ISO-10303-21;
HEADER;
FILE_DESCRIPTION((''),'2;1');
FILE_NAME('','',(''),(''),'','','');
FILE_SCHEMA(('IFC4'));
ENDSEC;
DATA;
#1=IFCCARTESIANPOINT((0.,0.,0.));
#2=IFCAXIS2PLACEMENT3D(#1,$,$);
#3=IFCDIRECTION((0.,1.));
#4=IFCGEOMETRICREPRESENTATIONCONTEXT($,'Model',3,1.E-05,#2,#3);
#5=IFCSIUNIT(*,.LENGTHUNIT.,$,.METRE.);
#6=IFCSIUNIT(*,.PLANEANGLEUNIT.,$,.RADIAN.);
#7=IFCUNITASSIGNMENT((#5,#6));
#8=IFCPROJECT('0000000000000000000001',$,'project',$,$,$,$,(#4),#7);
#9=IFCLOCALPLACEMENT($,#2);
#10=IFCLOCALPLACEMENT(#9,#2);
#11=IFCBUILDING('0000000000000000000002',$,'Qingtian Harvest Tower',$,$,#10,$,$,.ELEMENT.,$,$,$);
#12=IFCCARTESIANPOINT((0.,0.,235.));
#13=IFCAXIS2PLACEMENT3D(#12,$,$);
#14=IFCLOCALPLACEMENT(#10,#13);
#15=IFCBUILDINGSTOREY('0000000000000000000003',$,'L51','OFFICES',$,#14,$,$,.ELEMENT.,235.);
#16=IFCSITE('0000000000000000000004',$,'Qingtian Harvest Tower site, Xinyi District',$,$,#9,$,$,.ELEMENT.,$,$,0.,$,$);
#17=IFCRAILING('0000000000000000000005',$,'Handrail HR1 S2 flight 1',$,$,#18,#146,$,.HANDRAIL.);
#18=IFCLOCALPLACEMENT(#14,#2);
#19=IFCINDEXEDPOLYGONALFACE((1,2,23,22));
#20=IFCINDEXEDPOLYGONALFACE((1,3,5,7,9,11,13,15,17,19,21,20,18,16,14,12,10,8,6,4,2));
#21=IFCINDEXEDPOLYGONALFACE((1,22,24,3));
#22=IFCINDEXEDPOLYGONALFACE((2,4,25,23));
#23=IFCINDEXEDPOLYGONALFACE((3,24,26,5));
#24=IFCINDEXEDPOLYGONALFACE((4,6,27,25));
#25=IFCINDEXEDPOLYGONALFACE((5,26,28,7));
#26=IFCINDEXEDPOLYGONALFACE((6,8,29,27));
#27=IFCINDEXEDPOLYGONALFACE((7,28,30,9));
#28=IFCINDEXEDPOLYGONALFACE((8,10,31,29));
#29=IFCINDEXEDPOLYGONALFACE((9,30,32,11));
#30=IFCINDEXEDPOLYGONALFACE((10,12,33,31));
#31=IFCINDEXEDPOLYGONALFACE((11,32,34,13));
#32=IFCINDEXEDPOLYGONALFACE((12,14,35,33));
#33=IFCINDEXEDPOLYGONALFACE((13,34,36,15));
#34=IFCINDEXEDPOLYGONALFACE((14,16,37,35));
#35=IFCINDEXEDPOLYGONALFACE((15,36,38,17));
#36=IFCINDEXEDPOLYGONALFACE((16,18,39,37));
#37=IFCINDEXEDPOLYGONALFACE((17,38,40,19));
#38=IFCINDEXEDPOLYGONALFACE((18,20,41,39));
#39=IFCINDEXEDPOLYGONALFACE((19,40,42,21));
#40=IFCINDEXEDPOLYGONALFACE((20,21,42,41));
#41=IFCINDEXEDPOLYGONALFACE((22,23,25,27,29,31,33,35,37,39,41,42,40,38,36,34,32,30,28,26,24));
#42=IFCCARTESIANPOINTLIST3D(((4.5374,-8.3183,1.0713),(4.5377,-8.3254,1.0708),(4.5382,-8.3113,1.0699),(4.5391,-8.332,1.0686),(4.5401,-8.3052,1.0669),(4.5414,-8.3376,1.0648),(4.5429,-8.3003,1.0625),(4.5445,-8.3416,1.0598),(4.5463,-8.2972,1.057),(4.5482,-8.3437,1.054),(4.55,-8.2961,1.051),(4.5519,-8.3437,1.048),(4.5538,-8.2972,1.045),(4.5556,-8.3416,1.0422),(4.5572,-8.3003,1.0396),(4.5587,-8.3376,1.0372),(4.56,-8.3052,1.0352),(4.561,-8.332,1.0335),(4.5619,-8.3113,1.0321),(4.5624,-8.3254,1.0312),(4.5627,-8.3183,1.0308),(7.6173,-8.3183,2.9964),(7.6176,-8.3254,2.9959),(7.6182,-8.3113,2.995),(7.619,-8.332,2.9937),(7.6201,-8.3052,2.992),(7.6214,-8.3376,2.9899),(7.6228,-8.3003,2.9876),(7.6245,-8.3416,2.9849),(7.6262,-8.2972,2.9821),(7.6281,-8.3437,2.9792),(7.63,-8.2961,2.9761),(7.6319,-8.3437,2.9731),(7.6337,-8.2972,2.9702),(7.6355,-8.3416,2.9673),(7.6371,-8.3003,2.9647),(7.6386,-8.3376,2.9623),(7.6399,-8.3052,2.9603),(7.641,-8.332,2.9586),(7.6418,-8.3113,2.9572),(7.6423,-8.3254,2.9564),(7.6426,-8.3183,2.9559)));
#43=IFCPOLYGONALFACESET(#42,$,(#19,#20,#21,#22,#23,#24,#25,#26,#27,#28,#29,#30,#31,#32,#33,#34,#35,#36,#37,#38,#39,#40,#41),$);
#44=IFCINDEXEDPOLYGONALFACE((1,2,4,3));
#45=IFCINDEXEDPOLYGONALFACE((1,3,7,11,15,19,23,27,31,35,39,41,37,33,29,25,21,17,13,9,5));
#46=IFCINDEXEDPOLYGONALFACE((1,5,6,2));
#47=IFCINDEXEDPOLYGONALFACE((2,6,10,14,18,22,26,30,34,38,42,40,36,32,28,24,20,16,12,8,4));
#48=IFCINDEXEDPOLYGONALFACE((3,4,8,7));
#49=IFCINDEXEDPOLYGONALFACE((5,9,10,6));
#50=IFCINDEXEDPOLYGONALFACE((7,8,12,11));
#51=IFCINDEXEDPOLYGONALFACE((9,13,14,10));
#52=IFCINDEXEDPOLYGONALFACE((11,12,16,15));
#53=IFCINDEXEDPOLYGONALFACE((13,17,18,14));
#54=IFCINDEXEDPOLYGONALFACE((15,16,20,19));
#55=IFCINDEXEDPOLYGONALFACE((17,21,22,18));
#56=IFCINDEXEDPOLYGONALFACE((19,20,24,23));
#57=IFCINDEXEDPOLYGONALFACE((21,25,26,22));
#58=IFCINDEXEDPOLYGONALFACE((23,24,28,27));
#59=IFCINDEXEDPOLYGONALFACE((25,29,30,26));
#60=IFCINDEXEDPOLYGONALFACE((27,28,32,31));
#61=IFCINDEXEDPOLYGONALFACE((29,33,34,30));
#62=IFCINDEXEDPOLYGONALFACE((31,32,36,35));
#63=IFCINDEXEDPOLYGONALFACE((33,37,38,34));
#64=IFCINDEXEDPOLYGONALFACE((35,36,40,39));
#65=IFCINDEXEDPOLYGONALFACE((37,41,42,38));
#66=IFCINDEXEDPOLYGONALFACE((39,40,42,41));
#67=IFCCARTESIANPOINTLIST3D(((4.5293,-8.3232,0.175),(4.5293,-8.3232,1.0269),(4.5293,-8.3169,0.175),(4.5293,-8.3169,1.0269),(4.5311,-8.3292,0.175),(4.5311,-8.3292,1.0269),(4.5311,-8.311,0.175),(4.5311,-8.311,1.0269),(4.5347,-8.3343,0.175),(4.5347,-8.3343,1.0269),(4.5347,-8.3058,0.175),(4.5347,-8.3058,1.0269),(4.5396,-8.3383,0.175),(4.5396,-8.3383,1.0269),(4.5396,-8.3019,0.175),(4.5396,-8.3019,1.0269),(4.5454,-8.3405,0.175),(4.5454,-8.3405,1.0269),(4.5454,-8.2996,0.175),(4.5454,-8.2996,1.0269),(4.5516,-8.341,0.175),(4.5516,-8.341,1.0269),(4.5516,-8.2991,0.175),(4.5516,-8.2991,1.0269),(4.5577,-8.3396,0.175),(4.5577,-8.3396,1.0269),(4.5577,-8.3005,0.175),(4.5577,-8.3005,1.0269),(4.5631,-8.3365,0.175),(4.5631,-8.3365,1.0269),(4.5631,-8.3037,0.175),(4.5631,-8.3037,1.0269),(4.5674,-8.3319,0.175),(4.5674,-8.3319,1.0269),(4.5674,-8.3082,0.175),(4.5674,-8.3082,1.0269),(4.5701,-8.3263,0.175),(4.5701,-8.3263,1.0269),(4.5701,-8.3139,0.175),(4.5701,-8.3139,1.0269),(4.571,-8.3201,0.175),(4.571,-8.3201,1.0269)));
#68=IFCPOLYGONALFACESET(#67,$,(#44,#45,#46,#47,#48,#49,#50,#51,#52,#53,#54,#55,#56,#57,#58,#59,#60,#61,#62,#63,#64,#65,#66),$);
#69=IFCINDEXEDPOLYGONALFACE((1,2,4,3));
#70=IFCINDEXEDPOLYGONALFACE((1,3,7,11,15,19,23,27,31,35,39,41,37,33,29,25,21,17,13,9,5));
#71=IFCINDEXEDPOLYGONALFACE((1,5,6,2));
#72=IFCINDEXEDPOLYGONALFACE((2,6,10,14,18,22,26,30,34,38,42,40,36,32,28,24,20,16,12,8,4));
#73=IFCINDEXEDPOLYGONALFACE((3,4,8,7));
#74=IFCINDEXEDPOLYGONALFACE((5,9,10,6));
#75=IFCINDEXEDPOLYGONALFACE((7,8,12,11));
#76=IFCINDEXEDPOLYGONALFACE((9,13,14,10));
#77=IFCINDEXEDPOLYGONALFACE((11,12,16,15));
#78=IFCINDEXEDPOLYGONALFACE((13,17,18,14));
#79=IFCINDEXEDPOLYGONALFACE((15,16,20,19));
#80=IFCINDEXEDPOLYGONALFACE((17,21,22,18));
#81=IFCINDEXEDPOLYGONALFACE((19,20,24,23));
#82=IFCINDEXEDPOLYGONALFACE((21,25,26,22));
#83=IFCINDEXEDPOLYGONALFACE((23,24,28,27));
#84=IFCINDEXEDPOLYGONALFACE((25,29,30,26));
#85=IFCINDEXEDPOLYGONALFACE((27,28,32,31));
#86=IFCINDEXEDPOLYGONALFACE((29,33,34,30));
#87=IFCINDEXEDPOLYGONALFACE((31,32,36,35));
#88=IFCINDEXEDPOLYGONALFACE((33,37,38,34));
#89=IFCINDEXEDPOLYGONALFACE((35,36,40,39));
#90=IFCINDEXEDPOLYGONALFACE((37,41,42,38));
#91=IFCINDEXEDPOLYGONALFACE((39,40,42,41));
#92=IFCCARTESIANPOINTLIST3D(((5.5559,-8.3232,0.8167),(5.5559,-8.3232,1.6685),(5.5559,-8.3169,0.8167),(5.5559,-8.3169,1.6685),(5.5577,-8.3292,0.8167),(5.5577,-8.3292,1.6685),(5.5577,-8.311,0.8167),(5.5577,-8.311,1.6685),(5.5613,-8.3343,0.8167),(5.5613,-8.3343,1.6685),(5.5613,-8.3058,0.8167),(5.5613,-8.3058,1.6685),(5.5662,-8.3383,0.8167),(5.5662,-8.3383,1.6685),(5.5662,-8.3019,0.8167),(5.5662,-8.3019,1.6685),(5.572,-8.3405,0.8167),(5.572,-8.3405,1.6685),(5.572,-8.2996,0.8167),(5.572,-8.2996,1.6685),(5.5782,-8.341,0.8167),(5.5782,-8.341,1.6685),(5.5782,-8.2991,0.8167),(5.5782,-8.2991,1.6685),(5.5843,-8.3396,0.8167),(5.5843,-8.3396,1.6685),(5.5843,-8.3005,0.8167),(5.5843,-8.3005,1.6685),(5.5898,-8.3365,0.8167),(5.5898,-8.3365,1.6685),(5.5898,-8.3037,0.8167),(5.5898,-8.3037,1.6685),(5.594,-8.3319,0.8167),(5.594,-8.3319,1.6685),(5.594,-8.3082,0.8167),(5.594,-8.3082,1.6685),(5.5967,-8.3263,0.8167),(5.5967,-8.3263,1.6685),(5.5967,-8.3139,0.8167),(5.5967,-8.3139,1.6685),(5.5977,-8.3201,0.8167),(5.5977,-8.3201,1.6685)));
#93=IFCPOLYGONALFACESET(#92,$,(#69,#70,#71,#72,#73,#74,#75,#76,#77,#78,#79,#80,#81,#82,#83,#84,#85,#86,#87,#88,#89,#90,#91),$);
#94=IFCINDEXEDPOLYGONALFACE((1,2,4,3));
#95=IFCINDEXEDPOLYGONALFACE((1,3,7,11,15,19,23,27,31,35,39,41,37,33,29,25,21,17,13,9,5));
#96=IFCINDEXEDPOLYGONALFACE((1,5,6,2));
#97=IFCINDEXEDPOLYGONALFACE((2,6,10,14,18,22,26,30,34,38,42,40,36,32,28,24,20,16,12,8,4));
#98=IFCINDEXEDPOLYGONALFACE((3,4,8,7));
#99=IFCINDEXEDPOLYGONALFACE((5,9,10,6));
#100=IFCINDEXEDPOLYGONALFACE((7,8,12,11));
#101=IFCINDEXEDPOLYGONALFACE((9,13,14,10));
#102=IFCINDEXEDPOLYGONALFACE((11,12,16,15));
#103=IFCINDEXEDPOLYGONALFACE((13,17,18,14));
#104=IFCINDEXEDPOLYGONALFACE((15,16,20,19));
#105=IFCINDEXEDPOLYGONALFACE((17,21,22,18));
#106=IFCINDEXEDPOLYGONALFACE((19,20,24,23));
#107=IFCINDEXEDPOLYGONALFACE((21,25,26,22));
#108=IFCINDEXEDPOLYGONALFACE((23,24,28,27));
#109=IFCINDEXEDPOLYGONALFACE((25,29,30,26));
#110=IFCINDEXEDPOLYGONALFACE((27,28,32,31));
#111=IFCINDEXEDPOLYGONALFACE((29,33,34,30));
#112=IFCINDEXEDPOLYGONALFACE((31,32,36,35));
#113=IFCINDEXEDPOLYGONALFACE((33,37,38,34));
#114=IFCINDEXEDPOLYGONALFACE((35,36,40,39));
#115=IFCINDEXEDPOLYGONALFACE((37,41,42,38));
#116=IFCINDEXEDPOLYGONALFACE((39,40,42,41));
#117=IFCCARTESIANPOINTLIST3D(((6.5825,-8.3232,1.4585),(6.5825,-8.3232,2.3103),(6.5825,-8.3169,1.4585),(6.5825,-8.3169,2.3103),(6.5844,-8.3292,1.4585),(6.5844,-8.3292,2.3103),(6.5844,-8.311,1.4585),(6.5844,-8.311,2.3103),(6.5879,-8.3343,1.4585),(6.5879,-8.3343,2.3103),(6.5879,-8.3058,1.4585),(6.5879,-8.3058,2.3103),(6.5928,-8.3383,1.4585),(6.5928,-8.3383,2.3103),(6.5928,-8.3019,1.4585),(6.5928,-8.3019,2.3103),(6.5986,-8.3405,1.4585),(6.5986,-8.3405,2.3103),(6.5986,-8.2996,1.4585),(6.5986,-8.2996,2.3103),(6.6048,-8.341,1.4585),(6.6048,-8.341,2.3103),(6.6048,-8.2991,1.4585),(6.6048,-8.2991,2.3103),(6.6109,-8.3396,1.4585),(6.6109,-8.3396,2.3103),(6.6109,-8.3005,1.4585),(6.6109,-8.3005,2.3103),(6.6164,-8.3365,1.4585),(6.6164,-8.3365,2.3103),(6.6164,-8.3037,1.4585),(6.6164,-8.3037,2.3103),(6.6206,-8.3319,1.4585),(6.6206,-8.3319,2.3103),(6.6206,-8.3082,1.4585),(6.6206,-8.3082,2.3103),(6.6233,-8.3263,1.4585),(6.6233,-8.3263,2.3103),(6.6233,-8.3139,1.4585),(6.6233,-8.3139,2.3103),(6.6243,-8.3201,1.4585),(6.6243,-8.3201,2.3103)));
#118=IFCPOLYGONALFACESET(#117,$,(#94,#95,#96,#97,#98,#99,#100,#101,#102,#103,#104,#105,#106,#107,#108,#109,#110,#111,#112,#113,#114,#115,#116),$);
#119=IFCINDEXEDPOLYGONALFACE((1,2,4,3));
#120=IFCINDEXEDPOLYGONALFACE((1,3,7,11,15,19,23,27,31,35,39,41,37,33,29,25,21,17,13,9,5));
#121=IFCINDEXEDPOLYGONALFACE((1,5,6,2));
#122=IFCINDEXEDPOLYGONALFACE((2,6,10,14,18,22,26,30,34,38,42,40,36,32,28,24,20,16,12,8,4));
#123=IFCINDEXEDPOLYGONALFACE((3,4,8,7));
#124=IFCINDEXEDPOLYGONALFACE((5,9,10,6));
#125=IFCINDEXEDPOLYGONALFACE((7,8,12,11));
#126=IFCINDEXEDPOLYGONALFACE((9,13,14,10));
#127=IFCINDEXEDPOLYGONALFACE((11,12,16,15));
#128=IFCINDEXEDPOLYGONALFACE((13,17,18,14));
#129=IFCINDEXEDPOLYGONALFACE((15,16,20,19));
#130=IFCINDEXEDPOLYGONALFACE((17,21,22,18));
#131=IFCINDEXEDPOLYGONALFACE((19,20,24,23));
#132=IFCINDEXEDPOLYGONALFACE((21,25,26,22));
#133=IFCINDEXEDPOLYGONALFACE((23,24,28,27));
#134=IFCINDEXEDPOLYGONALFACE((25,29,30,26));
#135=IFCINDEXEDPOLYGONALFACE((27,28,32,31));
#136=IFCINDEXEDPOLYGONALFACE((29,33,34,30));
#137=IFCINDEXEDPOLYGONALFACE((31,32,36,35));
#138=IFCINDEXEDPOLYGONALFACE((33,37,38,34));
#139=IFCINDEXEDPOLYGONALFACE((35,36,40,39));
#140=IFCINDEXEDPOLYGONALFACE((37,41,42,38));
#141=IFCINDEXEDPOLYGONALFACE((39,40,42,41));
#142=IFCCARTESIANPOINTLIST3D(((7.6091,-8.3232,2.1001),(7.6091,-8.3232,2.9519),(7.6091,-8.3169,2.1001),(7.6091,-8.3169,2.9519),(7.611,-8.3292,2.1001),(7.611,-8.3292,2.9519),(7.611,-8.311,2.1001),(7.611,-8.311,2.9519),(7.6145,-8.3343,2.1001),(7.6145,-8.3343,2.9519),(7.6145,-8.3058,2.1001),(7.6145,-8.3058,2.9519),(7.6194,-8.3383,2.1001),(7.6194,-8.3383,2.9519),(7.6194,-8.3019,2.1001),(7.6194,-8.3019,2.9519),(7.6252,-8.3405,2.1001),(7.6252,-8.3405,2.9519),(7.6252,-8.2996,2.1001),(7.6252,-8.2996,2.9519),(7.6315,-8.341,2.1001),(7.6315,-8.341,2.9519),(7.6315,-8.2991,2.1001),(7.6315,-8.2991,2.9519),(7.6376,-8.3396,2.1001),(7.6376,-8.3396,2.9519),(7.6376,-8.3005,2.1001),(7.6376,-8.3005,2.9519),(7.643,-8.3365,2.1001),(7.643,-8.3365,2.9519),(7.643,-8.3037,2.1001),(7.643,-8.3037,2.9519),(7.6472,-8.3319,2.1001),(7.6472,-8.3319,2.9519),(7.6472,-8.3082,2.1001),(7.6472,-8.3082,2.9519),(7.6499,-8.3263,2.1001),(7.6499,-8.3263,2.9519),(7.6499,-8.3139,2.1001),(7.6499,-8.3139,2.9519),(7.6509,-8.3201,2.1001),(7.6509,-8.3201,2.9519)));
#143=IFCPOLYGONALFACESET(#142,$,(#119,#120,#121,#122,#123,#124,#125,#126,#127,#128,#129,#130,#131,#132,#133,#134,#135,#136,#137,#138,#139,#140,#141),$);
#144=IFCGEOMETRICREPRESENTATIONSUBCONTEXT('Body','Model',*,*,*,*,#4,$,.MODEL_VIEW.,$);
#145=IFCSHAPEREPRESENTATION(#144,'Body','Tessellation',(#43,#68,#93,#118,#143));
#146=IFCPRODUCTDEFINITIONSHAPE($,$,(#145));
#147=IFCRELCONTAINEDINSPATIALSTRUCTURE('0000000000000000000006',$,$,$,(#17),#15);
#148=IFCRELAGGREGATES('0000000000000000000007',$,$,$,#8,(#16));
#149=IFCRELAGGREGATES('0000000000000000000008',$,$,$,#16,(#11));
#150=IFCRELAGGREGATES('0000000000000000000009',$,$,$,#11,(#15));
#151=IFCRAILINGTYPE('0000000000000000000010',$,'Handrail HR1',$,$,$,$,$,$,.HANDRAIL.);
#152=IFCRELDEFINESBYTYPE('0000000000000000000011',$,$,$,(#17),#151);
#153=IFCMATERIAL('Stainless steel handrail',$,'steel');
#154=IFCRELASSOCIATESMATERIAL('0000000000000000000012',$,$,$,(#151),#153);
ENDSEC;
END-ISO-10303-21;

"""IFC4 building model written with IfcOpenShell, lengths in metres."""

from ifc_helpers import new_model, si_unit, direction, frame, origin, origin_2d, place, context, subcontext, project, spatial, circle, extrude, material, type_object, element, save


model = new_model("IFC4")

# Units and contexts
model_context = context("Model", 3, precision=1e-05, world=origin(), true_north=direction((0.0, 1.0)))
body_context = subcontext(model_context, "Body", "Model", "MODEL_VIEW")
ifc_project = project(units=[si_unit("LENGTHUNIT", "METRE"), si_unit("PLANEANGLEUNIT", "RADIAN")], contexts=[model_context])

# Site, building, storey
site_placement = place(None, origin())
site = spatial("IfcSite", under=ifc_project, at=site_placement, Name="Qingtian Harvest Tower site, Xinyi District", CompositionType="ELEMENT", RefElevation=0.0)
building_placement = place(site_placement, origin())
building = spatial("IfcBuilding", under=site, at=building_placement, Name="Qingtian Harvest Tower", CompositionType="ELEMENT")
storey_placement = place(building_placement, frame((0.0, 0.0, 235.0)))
storey = spatial("IfcBuildingStorey", under=building, at=storey_placement, Name="L51", Description="OFFICES", CompositionType="ELEMENT", Elevation=235.0)

# Railing
ifc_material_1 = material(Name="Stainless steel handrail", Category="steel")
railing_type = type_object("IfcRailingType", Name="Handrail HR1", PredefinedType="HANDRAIL", material=ifc_material_1)
railing_1_placement = place(storey_placement, frame((4.55, -8.3201, 0.175)))
element("IfcRailing", 1, at=railing_1_placement, inside=storey, type_object=railing_type, Name="Handrail HR1 S2 flight 1", PredefinedType="HANDRAIL", context=body_context, shape_type="SweptSolid", body=[
    extrude(circle(Radius=0.0239, at=origin_2d()), frame((0.0, 0.0, 0.876), z_axis=(0.847979, 0.0, 0.530029), x_axis=(0.0, 1.0, 0.0)), (0.0, 0.0, 1.0), 3.6321),
    extrude(circle(Radius=0.021, at=origin_2d()), origin(), (0.0, 0.0, 1.0), 0.8518),
    extrude(circle(Radius=0.021, at=origin_2d()), frame((1.0266, 0.0, 0.6416)), (0.0, 0.0, 1.0), 0.8518),
    extrude(circle(Radius=0.021, at=origin_2d()), frame((2.0532, 0.0, 1.2834)), (0.0, 0.0, 1.0), 0.8518),
    extrude(circle(Radius=0.021, at=origin_2d()), frame((3.0798, 0.0, 1.925)), (0.0, 0.0, 1.0), 0.8518),
])

save(model, "model.ifc")
